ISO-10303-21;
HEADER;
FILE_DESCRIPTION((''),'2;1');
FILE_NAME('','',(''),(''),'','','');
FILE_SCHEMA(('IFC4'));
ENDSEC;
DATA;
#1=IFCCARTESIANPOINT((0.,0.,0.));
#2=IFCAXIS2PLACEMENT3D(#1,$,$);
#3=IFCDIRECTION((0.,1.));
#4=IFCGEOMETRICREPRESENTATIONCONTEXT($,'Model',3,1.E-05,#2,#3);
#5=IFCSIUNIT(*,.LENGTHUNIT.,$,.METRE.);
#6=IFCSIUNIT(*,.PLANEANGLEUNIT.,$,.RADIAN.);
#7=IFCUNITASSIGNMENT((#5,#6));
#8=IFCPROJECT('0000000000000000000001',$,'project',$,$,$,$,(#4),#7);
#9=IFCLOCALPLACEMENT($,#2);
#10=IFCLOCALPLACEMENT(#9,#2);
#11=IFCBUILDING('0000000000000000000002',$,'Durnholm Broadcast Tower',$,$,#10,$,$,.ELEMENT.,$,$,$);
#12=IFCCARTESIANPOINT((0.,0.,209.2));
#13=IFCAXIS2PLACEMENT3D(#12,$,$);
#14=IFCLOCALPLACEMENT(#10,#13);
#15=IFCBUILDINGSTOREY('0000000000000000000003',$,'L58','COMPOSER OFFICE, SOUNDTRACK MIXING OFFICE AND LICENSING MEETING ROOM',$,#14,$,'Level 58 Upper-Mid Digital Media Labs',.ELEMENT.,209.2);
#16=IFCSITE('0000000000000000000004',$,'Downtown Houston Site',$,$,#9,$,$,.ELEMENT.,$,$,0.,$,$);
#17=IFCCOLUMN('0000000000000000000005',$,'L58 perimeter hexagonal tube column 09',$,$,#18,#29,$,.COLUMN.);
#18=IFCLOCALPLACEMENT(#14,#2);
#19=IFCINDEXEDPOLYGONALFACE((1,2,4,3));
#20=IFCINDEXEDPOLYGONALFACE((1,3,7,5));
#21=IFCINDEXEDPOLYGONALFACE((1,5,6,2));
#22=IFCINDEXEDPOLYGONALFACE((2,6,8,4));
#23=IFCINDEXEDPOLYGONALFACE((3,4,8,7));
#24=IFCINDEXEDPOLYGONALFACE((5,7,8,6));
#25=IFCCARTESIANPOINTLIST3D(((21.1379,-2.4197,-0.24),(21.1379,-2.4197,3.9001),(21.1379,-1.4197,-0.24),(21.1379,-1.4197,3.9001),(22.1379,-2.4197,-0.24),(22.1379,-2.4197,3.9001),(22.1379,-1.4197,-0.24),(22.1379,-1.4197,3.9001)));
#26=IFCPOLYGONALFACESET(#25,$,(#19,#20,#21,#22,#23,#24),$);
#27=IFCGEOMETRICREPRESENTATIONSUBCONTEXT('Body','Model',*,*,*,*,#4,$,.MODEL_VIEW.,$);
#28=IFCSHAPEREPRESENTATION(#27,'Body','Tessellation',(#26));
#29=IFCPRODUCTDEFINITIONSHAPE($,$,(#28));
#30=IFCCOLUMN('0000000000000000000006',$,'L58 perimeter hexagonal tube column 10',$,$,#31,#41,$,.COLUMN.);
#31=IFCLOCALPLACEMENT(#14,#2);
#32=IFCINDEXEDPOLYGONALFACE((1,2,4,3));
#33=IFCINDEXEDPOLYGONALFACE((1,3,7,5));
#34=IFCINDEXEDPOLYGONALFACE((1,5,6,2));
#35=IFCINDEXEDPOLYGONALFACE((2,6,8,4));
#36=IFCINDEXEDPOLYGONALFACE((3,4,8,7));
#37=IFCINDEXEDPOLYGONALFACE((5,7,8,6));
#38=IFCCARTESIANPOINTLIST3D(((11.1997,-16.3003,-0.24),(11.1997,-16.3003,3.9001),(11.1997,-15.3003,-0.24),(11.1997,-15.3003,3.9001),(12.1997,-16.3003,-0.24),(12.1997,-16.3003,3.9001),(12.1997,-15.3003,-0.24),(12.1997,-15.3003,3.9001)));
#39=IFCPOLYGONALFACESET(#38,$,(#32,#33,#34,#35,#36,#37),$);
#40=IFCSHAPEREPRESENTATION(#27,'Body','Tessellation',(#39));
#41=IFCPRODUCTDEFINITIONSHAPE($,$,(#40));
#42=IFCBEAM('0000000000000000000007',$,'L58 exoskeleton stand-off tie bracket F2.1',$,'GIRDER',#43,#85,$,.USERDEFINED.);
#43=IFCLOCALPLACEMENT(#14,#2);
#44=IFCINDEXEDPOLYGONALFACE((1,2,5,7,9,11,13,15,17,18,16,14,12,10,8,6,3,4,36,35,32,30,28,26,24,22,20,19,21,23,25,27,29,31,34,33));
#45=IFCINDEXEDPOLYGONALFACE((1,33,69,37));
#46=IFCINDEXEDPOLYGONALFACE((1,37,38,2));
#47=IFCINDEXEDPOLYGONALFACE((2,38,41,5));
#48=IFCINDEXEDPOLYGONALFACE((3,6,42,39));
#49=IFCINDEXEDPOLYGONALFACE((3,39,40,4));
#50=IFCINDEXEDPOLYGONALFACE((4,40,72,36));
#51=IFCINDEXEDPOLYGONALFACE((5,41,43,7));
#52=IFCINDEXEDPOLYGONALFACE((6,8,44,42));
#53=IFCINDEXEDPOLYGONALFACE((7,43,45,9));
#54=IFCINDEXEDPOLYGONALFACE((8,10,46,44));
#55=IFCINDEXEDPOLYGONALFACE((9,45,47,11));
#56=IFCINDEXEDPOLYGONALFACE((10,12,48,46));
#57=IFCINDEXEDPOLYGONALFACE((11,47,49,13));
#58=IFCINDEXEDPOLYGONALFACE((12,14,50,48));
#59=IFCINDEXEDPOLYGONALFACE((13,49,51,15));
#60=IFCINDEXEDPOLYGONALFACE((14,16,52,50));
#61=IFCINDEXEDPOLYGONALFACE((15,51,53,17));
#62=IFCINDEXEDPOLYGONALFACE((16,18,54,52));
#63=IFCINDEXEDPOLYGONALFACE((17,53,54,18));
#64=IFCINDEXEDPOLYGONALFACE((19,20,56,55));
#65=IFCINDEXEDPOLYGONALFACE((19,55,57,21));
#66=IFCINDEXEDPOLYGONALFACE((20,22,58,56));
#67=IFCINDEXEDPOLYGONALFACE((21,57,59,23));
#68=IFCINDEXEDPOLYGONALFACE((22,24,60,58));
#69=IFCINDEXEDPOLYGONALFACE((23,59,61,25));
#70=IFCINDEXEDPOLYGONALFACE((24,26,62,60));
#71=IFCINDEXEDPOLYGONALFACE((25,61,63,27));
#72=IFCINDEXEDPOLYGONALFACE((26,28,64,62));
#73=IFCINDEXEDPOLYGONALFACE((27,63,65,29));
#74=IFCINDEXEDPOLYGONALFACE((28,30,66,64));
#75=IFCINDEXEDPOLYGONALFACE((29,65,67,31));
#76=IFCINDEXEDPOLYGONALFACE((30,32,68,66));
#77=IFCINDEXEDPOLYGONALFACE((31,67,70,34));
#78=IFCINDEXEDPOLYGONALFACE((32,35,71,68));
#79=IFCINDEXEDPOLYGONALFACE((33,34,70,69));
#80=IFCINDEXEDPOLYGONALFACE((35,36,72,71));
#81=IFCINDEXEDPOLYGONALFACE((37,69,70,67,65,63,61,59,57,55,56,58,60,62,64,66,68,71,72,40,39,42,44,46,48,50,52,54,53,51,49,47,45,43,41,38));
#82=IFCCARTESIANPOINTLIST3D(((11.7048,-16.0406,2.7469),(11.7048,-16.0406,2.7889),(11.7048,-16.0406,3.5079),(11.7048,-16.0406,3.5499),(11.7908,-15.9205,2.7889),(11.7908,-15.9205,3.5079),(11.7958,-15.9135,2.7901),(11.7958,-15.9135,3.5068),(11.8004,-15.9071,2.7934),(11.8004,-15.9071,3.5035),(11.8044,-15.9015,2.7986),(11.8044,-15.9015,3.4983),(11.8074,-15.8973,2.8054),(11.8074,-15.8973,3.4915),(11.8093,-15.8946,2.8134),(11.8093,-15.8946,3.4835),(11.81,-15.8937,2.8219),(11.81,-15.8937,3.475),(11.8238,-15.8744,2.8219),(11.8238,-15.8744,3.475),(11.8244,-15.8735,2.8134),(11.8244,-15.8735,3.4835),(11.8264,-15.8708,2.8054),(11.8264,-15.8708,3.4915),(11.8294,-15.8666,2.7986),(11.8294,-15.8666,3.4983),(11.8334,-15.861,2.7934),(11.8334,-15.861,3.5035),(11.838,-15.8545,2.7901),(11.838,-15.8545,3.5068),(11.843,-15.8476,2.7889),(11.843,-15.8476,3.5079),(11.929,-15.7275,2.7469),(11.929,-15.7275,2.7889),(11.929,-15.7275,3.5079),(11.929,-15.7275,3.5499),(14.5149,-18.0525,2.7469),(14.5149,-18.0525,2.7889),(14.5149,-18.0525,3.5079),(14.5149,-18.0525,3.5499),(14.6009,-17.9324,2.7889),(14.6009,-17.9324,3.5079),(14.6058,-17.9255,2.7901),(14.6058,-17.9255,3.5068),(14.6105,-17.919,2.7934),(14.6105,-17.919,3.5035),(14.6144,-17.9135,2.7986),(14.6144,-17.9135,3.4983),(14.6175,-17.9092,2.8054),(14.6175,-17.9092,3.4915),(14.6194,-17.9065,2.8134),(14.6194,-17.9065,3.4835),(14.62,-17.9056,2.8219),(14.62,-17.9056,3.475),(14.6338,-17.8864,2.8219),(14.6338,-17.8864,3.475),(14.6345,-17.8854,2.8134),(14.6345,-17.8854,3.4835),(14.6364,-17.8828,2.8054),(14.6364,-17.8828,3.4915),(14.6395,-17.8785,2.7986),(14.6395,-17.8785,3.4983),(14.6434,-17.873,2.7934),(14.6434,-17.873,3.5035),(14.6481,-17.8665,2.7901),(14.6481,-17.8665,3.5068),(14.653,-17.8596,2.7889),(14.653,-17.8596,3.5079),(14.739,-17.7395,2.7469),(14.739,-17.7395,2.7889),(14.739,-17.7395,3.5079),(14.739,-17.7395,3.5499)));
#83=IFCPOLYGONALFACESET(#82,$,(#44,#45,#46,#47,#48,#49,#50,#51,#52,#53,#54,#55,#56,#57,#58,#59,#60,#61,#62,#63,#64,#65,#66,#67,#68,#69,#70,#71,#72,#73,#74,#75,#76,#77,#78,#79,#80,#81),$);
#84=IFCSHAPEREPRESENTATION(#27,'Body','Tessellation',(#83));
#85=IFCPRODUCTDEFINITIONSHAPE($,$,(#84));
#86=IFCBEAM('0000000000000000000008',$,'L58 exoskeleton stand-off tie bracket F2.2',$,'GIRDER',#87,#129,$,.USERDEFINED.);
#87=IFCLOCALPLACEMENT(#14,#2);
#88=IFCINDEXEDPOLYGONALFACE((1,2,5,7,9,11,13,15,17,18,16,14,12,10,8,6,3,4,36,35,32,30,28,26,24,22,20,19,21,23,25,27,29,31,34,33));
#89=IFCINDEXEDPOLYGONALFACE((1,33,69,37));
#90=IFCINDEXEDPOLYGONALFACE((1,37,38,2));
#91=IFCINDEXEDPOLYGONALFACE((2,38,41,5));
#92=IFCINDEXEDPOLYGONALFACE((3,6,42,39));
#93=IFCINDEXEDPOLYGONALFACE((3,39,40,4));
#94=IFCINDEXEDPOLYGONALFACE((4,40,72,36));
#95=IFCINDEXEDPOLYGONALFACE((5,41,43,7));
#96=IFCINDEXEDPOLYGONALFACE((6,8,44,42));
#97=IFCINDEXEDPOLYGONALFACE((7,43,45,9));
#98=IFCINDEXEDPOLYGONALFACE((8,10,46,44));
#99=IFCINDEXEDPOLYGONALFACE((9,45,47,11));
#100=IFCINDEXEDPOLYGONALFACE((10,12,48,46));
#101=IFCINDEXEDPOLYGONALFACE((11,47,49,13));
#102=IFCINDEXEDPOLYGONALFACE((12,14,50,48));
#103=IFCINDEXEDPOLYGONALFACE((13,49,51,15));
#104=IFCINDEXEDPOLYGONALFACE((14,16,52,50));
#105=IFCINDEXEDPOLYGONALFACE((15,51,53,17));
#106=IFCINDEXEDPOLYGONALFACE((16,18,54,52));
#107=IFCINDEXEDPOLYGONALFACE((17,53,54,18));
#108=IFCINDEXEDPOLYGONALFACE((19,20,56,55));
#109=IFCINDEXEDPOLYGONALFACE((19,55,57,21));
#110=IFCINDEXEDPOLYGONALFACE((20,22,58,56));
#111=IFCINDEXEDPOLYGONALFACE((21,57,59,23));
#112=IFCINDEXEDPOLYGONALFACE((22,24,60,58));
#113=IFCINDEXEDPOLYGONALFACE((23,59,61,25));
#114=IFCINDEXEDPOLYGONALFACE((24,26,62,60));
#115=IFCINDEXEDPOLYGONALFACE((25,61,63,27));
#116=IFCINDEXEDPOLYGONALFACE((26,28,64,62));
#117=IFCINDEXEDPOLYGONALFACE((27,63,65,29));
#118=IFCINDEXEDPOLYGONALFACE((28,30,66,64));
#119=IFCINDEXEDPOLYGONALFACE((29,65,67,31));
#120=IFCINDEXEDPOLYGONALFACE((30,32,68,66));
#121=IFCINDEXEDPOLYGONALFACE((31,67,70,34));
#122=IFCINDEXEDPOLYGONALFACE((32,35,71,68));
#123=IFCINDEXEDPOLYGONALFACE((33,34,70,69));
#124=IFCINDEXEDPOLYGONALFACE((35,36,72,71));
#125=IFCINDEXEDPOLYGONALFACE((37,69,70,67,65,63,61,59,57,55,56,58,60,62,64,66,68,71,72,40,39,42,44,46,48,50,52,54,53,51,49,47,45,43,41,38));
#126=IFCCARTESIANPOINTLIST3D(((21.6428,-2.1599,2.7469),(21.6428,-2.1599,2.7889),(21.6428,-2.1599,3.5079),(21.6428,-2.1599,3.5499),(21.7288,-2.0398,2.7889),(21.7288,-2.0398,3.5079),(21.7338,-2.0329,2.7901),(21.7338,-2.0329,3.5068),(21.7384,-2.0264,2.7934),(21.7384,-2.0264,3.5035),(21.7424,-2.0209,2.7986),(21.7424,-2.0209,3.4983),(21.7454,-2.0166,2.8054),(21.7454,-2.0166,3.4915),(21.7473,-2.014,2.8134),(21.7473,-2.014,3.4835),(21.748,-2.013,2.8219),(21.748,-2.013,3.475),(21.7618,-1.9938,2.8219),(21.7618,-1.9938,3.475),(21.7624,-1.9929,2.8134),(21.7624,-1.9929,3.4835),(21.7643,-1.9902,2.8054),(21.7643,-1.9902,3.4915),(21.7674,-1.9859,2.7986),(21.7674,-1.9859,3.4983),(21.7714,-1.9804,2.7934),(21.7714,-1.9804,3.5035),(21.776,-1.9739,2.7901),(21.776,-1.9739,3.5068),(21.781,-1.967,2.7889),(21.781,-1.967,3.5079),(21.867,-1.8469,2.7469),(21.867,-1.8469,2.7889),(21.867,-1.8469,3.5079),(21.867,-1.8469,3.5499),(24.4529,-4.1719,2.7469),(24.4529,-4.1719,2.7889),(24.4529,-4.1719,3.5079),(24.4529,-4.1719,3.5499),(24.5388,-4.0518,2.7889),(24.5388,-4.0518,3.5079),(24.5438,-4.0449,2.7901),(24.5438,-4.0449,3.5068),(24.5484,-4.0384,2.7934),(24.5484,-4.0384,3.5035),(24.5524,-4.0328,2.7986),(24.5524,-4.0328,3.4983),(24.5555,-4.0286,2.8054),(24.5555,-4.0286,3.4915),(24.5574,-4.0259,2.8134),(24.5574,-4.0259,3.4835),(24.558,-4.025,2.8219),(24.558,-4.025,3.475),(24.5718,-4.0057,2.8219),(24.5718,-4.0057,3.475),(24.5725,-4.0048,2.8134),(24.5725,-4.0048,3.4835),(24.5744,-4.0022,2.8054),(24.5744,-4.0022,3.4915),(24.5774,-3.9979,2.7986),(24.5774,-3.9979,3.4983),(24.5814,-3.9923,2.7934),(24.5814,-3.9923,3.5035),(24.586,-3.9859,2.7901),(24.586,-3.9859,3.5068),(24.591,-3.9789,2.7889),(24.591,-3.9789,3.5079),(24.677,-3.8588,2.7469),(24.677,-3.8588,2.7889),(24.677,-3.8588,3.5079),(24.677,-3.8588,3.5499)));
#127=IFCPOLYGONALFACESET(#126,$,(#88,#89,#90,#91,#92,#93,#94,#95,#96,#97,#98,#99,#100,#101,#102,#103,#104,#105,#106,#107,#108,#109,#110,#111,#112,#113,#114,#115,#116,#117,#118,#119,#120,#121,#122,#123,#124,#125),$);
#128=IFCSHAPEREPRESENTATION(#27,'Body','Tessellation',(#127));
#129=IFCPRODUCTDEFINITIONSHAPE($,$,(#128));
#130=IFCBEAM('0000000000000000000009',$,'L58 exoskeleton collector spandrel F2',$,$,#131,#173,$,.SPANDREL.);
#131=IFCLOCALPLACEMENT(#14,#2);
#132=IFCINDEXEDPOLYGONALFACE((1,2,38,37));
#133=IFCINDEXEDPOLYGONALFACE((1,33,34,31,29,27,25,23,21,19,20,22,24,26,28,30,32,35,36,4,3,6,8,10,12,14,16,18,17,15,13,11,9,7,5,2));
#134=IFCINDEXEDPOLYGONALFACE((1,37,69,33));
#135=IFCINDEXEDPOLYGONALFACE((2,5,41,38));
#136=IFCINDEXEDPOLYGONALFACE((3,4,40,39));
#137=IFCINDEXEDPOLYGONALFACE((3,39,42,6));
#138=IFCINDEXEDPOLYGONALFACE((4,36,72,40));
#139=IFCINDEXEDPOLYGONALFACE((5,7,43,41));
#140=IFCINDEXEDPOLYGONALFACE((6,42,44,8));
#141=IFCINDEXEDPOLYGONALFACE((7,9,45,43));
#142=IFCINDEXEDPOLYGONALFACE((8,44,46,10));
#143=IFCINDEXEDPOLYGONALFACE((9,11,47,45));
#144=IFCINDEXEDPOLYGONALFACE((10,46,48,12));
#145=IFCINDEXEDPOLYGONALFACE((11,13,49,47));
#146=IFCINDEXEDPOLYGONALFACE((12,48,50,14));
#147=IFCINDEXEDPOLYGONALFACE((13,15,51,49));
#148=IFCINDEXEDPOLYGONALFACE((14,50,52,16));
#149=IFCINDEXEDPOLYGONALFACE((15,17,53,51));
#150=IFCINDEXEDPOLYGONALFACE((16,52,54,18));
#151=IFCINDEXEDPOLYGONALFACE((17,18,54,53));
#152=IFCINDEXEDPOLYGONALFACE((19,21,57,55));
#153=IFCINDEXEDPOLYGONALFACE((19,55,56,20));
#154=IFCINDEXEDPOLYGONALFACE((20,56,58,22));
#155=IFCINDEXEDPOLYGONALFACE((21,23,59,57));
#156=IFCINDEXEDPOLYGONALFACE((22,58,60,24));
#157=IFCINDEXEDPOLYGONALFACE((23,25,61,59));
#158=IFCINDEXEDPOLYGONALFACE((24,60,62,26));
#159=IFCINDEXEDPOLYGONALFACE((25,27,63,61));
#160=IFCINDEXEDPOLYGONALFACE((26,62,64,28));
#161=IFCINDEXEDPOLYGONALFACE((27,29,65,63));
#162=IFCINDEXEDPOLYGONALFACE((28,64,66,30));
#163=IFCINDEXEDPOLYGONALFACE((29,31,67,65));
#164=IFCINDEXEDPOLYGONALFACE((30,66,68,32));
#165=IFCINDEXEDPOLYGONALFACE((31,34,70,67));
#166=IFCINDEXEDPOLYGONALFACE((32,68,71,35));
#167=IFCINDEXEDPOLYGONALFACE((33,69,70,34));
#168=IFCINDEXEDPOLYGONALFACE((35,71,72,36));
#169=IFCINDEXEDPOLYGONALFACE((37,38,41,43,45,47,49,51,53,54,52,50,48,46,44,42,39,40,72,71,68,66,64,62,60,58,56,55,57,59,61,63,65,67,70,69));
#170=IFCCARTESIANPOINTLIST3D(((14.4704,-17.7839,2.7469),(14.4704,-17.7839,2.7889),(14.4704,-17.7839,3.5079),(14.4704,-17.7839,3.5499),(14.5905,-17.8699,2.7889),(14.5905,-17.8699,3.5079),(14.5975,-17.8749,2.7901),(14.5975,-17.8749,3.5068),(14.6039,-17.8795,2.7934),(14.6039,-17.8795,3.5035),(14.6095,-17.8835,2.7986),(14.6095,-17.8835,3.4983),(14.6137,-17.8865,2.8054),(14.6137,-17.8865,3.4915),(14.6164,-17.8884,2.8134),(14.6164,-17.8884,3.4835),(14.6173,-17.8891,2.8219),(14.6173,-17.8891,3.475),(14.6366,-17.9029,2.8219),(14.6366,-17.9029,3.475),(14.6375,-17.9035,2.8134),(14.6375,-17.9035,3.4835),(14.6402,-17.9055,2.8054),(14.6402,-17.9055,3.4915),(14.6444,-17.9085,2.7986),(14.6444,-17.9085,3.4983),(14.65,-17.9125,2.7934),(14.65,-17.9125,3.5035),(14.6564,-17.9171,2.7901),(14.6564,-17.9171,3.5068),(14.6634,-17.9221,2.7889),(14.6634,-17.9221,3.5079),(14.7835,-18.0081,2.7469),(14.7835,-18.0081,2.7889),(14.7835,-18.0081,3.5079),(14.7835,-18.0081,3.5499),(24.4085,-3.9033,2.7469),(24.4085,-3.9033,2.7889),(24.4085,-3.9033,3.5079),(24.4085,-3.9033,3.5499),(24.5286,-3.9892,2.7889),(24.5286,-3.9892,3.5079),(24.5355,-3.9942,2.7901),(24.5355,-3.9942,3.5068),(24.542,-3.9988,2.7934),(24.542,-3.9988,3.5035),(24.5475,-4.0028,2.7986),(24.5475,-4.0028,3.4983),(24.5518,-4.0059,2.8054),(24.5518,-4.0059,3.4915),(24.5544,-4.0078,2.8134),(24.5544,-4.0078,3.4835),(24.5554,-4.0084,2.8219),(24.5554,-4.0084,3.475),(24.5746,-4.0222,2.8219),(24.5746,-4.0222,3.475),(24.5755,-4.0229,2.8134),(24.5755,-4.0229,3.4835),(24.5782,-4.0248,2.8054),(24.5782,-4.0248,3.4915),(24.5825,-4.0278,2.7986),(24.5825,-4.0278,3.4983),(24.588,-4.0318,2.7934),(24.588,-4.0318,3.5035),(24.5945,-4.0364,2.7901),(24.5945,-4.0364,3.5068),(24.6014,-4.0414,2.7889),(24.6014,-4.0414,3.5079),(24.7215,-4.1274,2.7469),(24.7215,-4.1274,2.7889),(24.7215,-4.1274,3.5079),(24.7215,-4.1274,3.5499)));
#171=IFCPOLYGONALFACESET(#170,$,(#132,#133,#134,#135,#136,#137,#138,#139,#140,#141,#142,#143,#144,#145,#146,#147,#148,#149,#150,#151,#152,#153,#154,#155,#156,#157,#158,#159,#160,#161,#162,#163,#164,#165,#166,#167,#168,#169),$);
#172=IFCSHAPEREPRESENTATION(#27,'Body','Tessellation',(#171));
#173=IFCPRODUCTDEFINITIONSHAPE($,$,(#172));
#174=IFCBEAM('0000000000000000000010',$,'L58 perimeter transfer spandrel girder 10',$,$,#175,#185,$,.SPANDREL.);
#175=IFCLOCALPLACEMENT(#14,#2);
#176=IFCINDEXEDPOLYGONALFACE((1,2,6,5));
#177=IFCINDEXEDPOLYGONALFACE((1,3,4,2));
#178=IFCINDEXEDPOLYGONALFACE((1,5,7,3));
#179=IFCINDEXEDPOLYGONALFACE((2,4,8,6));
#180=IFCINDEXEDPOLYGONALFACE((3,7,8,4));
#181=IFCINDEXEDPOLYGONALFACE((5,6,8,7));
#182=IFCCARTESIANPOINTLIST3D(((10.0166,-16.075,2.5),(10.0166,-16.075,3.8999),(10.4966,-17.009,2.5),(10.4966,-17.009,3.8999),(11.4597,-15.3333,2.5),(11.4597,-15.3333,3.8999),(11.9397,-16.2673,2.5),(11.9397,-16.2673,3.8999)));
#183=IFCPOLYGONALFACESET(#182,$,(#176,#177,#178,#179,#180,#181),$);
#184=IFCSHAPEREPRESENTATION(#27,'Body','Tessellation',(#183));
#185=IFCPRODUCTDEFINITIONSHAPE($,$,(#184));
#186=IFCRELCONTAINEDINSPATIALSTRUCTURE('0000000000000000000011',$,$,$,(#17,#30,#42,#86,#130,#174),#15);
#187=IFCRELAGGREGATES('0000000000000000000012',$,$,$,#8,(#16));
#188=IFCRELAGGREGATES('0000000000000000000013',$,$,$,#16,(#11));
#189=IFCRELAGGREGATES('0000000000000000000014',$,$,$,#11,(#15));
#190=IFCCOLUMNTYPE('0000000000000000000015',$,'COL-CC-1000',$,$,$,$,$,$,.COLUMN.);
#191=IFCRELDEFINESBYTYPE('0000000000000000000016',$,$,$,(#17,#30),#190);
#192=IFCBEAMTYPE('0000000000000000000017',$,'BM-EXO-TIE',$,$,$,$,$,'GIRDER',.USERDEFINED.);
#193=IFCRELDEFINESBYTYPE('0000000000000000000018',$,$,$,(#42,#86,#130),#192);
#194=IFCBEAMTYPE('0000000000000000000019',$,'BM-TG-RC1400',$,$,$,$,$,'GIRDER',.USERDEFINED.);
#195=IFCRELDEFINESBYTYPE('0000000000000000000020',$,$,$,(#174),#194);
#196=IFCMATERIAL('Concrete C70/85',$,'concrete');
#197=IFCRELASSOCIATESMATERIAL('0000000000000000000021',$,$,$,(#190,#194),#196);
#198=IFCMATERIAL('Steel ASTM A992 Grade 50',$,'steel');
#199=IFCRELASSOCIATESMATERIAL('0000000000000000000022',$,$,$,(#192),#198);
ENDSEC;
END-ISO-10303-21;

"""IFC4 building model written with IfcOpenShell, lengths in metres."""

from ifc_helpers import new_model, si_unit, direction, frame, origin, origin_2d, place, context, subcontext, project, spatial, rectangle, i_section, extrude, source, transform, mapped, material, material_profile, profile_set, type_object, type_shapes, element, save


model = new_model("IFC4")

# Units and contexts
model_context = context("Model", 3, precision=1e-05, world=origin(), true_north=direction((0.0, 1.0)))
body_context = subcontext(model_context, "Body", "Model", "MODEL_VIEW")
ifc_project = project(units=[si_unit("LENGTHUNIT", "METRE"), si_unit("PLANEANGLEUNIT", "RADIAN")], contexts=[model_context])

# Site, building, storey
site_placement = place(None, origin())
site = spatial("IfcSite", under=ifc_project, at=site_placement, Name="Downtown Houston Site", CompositionType="ELEMENT", RefElevation=0.0)
building_placement = place(site_placement, origin())
building = spatial("IfcBuilding", under=site, at=building_placement, Name="Durnholm Broadcast Tower", CompositionType="ELEMENT")
storey_placement = place(building_placement, frame((0.0, 0.0, 209.2)))
storey = spatial("IfcBuildingStorey", under=building, at=storey_placement, Name="L58", Description="COMPOSER OFFICE, SOUNDTRACK MIXING OFFICE AND LICENSING MEETING ROOM", LongName="Level 58 Upper-Mid Digital Media Labs", CompositionType="ELEMENT", Elevation=209.2)

# Columns
ifc_material_1 = material(Name="Concrete C70/85", Category="concrete")
ifc_material_profile_1 = material_profile(ifc_material_1, rectangle(XDim=1.0, YDim=1.0, at=origin_2d()), Name="RC1000X1000")
ifc_profile_set_1 = profile_set([ifc_material_profile_1], Name="Concrete C70/85")
column_type = type_object("IfcColumnType", Name="COL-CC-1000", PredefinedType="COLUMN", material=ifc_profile_set_1)
shared_shape_1 = source(origin(), body_context, "Body", "SweptSolid", [
    extrude(rectangle(XDim=1.0, YDim=1.0, at=origin_2d()), origin(), (0.0, 0.0, 1.0), 4.1401),
])
type_shapes(column_type, [shared_shape_1])
for number, where, z_axis, x_axis, name in (
    (1, (21.6379, -1.9197, -0.24), (0.0, 0.0, 1.0), (1.0, 0.0, 0.0), "L58 perimeter hexagonal tube column 09"),
    (2, (11.6997, -15.8003, -0.24), (0.0, 0.0, 1.0), (1.0, 0.0, 0.0), "L58 perimeter hexagonal tube column 10"),
):
    element("IfcColumn", number, at=place(storey_placement, frame(where, z_axis=z_axis, x_axis=x_axis)), inside=storey, type_object=column_type, Name=name, PredefinedType="COLUMN", context=body_context, shape_type="MappedRepresentation", body=[
        mapped(shared_shape_1, transform((0.0, 0.0, 0.0), x_axis=(1.0, 0.0, 0.0), y_axis=(0.0, 1.0, 0.0), z_axis=(0.0, 0.0, 1.0), scale=1.0)),
    ])

# Beams
ifc_material_2 = material(Name="Steel ASTM A992 Grade 50", Category="steel")
ifc_material_profile_2 = material_profile(ifc_material_2, i_section(OverallWidth=0.385, OverallDepth=0.803, WebThickness=0.0237, FlangeThickness=0.042, FilletRadius=0.033, at=origin_2d()), Name="W30X261")
ifc_profile_set_2 = profile_set([ifc_material_profile_2], Name="Steel ASTM A992 Grade 50")
beam_type_1 = type_object("IfcBeamType", Name="BM-EXO-TIE", ElementType="GIRDER", PredefinedType="USERDEFINED", material=ifc_profile_set_2)
shared_shape_2 = source(origin(), body_context, "Body", "SweptSolid", [
    extrude(i_section(OverallWidth=0.385, OverallDepth=0.803, WebThickness=0.0237, FlangeThickness=0.042, FilletRadius=0.033, at=origin_2d()), origin(), (0.0, 0.0, 1.0), 3.4561),
])
for number, where, z_axis, x_axis, name in (
    (3, (11.8169, -15.884, 3.1484), (0.813079, -0.582153, 0.0), (0.582153, 0.813079, 0.0), "L58 exoskeleton stand-off tie bracket F2.1"),
    (4, (21.7549, -2.0034, 3.1484), (0.813079, -0.582153, 0.0), (0.582153, 0.813079, 0.0), "L58 exoskeleton stand-off tie bracket F2.2"),
):
    element("IfcBeam", number, at=place(storey_placement, frame(where, z_axis=z_axis, x_axis=x_axis)), inside=storey, type_object=beam_type_1, Name=name, ObjectType="GIRDER", PredefinedType="USERDEFINED", context=body_context, shape_type="MappedRepresentation", body=[
        mapped(shared_shape_2, transform((0.0, 0.0, 0.0), x_axis=(1.0, 0.0, 0.0), y_axis=(0.0, 1.0, 0.0), z_axis=(0.0, 0.0, 1.0), scale=1.0)),
    ])
shared_shape_3 = source(origin(), body_context, "Body", "SweptSolid", [
    extrude(i_section(OverallWidth=0.385, OverallDepth=0.803, WebThickness=0.0237, FlangeThickness=0.042, FilletRadius=0.033, at=origin_2d()), origin(), (0.0, 0.0, 1.0), 17.0715),
])
type_shapes(beam_type_1, [shared_shape_2, shared_shape_3])
beam_1_placement = place(storey_placement, frame((14.627, -17.896, 3.1484), z_axis=(0.58214, 0.813088, 0.0), x_axis=(-0.813088, 0.58214, 0.0)))
element("IfcBeam", 5, at=beam_1_placement, inside=storey, type_object=beam_type_1, Name="L58 exoskeleton collector spandrel F2", PredefinedType="SPANDREL", context=body_context, shape_type="MappedRepresentation", body=[
    mapped(shared_shape_3, transform((0.0, 0.0, 0.0), x_axis=(1.0, 0.0, 0.0), y_axis=(0.0, 1.0, 0.0), z_axis=(0.0, 0.0, 1.0), scale=1.0)),
])
ifc_material_profile_3 = material_profile(ifc_material_1, rectangle(XDim=1.05, YDim=1.3999, at=origin_2d()), Name="RC1050X1400")
ifc_profile_set_3 = profile_set([ifc_material_profile_3], Name="Concrete C70/85")
beam_type_2 = type_object("IfcBeamType", Name="BM-TG-RC1400", ElementType="GIRDER", PredefinedType="USERDEFINED", material=ifc_profile_set_3)
shared_shape_4 = source(origin(), body_context, "Body", "SweptSolid", [
    extrude(rectangle(XDim=1.05, YDim=1.3999, at=origin_2d()), origin(), (0.0, 0.0, 1.0), 1.6226),
])
beam_2_placement = place(storey_placement, frame((11.6997, -15.8003, 3.2), z_axis=(-0.889407, -0.457117, 0.0), x_axis=(0.457117, -0.889407, 0.0)))
element("IfcBeam", 6, at=beam_2_placement, inside=storey, type_object=beam_type_2, Name="L58 perimeter transfer spandrel girder 10", PredefinedType="SPANDREL", context=body_context, shape_type="MappedRepresentation", body=[
    mapped(shared_shape_4, transform((0.0, 0.0, 0.0), x_axis=(1.0, 0.0, 0.0), y_axis=(0.0, 1.0, 0.0), z_axis=(0.0, 0.0, 1.0), scale=1.0)),
])

save(model, "model.ifc")
